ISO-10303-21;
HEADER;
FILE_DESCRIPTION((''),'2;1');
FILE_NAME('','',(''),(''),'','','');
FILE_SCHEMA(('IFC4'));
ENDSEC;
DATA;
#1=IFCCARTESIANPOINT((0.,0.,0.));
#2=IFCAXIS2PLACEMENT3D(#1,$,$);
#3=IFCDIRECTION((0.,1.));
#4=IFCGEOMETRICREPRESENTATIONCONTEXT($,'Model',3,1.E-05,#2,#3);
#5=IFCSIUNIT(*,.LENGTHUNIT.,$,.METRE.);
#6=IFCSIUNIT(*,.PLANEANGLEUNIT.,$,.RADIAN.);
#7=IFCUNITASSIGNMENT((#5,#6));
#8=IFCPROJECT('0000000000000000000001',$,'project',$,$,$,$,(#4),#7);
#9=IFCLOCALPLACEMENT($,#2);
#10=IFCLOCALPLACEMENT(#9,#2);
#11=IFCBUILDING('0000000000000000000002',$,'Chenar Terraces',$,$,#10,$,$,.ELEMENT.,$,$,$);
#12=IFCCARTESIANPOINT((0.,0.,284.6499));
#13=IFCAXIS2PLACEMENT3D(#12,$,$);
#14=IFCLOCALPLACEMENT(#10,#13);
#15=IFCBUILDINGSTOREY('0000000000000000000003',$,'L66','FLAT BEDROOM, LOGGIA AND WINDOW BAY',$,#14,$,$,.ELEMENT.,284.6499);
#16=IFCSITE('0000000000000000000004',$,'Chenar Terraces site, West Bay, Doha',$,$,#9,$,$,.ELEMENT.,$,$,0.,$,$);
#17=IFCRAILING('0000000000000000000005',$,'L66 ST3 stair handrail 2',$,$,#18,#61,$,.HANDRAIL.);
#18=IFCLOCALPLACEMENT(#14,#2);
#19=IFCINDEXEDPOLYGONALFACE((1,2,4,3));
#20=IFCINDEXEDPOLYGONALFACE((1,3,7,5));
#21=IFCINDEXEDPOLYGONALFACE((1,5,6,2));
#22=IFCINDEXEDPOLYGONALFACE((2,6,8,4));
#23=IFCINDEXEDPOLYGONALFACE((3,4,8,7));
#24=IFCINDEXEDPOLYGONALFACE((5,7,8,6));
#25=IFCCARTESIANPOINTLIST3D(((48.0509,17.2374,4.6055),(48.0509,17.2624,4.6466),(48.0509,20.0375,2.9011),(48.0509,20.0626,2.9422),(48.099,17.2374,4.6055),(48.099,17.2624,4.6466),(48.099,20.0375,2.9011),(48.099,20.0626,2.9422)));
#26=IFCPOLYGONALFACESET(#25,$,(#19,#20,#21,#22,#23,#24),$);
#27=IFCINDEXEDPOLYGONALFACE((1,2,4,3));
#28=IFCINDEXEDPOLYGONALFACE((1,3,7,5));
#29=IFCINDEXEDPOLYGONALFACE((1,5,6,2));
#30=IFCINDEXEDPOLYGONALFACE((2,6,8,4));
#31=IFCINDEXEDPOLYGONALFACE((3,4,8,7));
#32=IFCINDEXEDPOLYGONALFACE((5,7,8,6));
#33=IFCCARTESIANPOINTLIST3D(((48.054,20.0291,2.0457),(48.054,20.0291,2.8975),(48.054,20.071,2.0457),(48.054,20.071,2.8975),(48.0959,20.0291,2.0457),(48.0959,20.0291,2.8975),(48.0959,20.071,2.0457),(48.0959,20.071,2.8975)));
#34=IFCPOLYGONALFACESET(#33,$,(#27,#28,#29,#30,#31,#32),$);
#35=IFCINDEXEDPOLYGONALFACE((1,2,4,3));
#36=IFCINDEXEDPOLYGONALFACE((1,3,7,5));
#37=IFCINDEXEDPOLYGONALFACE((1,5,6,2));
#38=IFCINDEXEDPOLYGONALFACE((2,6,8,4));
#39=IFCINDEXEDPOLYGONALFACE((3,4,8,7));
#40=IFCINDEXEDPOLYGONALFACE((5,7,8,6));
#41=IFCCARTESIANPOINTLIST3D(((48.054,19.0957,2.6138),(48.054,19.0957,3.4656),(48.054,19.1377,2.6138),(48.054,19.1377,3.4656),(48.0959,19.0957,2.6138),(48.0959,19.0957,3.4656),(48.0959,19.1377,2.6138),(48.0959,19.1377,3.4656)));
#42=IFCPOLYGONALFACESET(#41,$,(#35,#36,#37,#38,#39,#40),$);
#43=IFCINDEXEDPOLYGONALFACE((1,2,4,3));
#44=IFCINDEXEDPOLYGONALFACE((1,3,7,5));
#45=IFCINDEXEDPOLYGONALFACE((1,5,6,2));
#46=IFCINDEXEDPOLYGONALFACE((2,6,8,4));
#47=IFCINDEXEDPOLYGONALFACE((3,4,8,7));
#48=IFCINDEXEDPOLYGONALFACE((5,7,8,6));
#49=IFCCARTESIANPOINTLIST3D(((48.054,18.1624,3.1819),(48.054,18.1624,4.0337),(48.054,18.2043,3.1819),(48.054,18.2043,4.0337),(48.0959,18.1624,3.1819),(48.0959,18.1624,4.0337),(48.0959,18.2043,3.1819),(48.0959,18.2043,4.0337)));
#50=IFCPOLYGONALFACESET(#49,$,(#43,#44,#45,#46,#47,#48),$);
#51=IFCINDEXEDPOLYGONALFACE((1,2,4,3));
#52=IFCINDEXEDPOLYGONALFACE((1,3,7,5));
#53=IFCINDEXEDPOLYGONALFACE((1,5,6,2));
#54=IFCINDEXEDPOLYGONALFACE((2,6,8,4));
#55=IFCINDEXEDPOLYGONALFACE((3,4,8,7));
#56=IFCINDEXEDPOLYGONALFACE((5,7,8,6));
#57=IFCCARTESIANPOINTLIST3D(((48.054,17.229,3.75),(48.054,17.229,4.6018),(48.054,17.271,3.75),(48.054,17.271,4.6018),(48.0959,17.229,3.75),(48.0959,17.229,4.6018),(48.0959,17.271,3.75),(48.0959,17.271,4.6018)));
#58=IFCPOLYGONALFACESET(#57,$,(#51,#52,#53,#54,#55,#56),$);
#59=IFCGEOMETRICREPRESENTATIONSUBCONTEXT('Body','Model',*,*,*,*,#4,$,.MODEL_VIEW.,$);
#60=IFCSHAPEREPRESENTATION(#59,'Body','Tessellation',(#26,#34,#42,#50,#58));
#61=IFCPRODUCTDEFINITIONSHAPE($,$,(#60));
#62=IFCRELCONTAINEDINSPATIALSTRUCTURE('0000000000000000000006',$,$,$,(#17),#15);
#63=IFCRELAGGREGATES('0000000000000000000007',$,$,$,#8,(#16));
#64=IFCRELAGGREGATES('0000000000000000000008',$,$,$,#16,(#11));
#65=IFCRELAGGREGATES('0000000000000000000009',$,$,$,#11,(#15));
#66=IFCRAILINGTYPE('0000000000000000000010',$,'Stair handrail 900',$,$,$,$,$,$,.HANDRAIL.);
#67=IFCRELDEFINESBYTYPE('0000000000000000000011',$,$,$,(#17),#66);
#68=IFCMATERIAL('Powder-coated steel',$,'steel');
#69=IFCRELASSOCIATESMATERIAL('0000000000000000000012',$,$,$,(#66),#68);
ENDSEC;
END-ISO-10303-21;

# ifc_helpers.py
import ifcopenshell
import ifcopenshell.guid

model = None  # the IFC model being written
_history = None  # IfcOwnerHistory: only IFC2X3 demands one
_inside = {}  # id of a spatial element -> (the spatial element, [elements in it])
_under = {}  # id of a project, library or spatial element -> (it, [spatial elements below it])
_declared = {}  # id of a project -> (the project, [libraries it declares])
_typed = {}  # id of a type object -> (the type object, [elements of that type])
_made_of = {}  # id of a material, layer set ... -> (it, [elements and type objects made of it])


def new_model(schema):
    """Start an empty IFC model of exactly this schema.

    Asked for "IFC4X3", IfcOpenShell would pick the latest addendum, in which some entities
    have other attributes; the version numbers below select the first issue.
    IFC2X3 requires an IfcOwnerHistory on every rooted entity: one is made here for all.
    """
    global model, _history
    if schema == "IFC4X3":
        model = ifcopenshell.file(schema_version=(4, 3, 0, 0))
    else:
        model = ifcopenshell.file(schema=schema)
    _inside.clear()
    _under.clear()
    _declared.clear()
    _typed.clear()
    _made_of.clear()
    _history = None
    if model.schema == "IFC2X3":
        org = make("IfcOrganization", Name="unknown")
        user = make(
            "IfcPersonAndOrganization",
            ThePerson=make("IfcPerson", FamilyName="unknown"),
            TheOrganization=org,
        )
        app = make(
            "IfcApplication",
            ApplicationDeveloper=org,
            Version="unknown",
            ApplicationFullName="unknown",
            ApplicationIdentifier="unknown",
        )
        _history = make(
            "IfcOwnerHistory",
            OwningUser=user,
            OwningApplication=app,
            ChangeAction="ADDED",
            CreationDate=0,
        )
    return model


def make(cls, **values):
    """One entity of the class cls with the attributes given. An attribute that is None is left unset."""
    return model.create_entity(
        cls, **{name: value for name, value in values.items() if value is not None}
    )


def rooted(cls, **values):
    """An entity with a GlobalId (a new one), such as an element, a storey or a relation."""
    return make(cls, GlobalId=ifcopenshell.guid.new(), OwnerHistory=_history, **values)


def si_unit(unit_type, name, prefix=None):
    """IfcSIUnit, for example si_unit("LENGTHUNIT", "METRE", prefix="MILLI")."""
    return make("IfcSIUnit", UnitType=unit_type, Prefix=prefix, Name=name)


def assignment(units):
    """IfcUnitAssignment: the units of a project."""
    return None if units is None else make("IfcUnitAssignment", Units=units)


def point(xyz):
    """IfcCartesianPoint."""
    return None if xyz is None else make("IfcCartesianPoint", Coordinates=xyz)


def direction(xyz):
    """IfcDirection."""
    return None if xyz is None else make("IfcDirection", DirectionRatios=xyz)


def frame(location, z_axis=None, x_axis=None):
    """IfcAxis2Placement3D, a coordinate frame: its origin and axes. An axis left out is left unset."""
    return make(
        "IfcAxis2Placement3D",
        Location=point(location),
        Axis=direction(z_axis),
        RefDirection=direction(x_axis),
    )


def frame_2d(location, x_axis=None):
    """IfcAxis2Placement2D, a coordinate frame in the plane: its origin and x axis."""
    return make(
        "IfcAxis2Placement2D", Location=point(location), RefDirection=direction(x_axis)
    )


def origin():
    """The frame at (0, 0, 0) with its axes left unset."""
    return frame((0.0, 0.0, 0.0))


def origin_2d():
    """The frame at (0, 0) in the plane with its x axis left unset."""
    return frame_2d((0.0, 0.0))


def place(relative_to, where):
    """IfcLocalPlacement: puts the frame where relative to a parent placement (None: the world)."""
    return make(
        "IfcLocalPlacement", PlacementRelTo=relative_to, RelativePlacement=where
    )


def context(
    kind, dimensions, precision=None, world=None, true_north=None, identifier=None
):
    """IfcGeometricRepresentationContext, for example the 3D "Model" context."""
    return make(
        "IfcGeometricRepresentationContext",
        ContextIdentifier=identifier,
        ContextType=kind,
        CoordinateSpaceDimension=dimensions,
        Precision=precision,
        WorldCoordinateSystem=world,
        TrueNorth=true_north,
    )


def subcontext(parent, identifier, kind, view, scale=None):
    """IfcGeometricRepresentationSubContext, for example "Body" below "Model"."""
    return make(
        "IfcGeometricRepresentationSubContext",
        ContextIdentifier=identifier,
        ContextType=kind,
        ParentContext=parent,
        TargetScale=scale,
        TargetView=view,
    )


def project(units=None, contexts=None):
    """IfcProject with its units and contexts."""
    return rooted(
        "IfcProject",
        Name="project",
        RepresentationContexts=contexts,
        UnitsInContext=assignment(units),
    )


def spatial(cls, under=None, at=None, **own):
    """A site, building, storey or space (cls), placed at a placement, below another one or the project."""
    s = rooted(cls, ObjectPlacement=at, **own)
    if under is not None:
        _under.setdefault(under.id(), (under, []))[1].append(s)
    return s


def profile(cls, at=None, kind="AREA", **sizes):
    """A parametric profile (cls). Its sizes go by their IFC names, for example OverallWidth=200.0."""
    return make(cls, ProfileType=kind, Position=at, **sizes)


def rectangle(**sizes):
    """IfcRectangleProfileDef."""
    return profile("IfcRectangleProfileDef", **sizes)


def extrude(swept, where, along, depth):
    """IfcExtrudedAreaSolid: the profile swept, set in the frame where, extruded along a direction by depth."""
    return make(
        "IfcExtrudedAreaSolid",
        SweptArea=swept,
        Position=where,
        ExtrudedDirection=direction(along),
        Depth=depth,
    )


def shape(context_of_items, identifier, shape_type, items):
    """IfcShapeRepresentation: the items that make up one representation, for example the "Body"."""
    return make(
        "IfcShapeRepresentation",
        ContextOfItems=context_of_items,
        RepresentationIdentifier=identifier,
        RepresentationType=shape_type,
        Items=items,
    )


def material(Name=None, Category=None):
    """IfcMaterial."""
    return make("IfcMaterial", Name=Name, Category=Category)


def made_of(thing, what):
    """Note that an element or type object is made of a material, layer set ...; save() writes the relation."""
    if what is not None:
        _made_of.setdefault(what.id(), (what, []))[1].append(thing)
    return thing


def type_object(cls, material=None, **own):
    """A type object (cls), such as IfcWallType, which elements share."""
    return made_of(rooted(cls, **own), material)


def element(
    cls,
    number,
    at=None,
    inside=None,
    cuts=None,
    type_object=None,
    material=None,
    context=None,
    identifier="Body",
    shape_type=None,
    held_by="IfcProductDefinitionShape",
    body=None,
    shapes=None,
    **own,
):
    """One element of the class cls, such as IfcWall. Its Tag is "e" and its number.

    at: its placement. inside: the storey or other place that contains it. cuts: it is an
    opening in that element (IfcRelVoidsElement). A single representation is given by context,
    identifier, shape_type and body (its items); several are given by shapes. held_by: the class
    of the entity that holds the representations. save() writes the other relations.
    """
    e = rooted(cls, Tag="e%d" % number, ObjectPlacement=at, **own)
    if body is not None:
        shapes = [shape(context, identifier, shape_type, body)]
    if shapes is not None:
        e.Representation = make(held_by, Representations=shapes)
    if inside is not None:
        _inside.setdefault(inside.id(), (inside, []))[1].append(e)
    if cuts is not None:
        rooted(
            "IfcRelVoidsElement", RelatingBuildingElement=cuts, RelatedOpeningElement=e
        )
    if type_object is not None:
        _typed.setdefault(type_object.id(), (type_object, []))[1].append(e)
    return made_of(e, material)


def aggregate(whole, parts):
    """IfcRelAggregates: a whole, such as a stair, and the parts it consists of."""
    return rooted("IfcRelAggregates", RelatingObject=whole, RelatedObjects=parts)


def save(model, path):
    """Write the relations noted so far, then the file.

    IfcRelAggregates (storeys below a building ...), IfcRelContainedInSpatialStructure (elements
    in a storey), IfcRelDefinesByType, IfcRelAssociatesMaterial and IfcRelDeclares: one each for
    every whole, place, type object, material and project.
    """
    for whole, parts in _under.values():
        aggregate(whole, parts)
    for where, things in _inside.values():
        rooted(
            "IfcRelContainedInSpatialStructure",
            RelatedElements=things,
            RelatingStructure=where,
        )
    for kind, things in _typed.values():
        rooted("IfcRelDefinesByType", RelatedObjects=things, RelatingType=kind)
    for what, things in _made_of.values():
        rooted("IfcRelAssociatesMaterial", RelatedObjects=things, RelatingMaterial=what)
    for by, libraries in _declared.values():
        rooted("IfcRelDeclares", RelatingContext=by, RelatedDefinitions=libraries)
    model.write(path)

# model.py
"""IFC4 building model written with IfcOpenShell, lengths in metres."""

from ifc_helpers import new_model, si_unit, direction, frame, origin, origin_2d, place, context, subcontext, project, spatial, rectangle, extrude, material, type_object, element, save


model = new_model("IFC4")

# Units and contexts
model_context = context("Model", 3, precision=1e-05, world=origin(), true_north=direction((0.0, 1.0)))
body_context = subcontext(model_context, "Body", "Model", "MODEL_VIEW")
ifc_project = project(units=[si_unit("LENGTHUNIT", "METRE"), si_unit("PLANEANGLEUNIT", "RADIAN")], contexts=[model_context])

# Site, building, storey
site_placement = place(None, origin())
site = spatial("IfcSite", under=ifc_project, at=site_placement, Name="Chenar Terraces site, West Bay, Doha", CompositionType="ELEMENT", RefElevation=0.0)
building_placement = place(site_placement, origin())
building = spatial("IfcBuilding", under=site, at=building_placement, Name="Chenar Terraces", CompositionType="ELEMENT")
storey_placement = place(building_placement, frame((0.0, 0.0, 284.6499)))
storey = spatial("IfcBuildingStorey", under=building, at=storey_placement, Name="L66", Description="FLAT BEDROOM, LOGGIA AND WINDOW BAY", CompositionType="ELEMENT", Elevation=284.6499)

# Railing
ifc_material_1 = material(Name="Powder-coated steel", Category="steel")
railing_type_1 = type_object("IfcRailingType", Name="Stair handrail 900", PredefinedType="HANDRAIL", material=ifc_material_1)
railing_1_placement = place(storey_placement, frame((48.075, 20.05, 2.0457)))
element("IfcRailing", 1, at=railing_1_placement, inside=storey, type_object=railing_type_1, Name="L66 ST3 stair handrail 2", PredefinedType="HANDRAIL", context=body_context, shape_type="SweptSolid", body=[
    extrude(rectangle(XDim=0.0481, YDim=0.0481, at=origin_2d()), frame((0.0, 0.0, 0.876), z_axis=(0.0, -0.854203, 0.51994), x_axis=(1.0, 0.0, 0.0)), (0.0, 0.0, 1.0), 3.2781),
    extrude(rectangle(XDim=0.042, YDim=0.042, at=origin_2d()), origin(), (0.0, 0.0, 1.0), 0.8518),
    extrude(rectangle(XDim=0.042, YDim=0.042, at=origin_2d()), frame((0.0, -0.9333, 0.5681)), (0.0, 0.0, 1.0), 0.8518),
    extrude(rectangle(XDim=0.042, YDim=0.042, at=origin_2d()), frame((0.0, -1.8667, 1.1362)), (0.0, 0.0, 1.0), 0.8518),
    extrude(rectangle(XDim=0.042, YDim=0.042, at=origin_2d()), frame((0.0, -2.8, 1.7043)), (0.0, 0.0, 1.0), 0.8518),
])

save(model, "model.ifc")
